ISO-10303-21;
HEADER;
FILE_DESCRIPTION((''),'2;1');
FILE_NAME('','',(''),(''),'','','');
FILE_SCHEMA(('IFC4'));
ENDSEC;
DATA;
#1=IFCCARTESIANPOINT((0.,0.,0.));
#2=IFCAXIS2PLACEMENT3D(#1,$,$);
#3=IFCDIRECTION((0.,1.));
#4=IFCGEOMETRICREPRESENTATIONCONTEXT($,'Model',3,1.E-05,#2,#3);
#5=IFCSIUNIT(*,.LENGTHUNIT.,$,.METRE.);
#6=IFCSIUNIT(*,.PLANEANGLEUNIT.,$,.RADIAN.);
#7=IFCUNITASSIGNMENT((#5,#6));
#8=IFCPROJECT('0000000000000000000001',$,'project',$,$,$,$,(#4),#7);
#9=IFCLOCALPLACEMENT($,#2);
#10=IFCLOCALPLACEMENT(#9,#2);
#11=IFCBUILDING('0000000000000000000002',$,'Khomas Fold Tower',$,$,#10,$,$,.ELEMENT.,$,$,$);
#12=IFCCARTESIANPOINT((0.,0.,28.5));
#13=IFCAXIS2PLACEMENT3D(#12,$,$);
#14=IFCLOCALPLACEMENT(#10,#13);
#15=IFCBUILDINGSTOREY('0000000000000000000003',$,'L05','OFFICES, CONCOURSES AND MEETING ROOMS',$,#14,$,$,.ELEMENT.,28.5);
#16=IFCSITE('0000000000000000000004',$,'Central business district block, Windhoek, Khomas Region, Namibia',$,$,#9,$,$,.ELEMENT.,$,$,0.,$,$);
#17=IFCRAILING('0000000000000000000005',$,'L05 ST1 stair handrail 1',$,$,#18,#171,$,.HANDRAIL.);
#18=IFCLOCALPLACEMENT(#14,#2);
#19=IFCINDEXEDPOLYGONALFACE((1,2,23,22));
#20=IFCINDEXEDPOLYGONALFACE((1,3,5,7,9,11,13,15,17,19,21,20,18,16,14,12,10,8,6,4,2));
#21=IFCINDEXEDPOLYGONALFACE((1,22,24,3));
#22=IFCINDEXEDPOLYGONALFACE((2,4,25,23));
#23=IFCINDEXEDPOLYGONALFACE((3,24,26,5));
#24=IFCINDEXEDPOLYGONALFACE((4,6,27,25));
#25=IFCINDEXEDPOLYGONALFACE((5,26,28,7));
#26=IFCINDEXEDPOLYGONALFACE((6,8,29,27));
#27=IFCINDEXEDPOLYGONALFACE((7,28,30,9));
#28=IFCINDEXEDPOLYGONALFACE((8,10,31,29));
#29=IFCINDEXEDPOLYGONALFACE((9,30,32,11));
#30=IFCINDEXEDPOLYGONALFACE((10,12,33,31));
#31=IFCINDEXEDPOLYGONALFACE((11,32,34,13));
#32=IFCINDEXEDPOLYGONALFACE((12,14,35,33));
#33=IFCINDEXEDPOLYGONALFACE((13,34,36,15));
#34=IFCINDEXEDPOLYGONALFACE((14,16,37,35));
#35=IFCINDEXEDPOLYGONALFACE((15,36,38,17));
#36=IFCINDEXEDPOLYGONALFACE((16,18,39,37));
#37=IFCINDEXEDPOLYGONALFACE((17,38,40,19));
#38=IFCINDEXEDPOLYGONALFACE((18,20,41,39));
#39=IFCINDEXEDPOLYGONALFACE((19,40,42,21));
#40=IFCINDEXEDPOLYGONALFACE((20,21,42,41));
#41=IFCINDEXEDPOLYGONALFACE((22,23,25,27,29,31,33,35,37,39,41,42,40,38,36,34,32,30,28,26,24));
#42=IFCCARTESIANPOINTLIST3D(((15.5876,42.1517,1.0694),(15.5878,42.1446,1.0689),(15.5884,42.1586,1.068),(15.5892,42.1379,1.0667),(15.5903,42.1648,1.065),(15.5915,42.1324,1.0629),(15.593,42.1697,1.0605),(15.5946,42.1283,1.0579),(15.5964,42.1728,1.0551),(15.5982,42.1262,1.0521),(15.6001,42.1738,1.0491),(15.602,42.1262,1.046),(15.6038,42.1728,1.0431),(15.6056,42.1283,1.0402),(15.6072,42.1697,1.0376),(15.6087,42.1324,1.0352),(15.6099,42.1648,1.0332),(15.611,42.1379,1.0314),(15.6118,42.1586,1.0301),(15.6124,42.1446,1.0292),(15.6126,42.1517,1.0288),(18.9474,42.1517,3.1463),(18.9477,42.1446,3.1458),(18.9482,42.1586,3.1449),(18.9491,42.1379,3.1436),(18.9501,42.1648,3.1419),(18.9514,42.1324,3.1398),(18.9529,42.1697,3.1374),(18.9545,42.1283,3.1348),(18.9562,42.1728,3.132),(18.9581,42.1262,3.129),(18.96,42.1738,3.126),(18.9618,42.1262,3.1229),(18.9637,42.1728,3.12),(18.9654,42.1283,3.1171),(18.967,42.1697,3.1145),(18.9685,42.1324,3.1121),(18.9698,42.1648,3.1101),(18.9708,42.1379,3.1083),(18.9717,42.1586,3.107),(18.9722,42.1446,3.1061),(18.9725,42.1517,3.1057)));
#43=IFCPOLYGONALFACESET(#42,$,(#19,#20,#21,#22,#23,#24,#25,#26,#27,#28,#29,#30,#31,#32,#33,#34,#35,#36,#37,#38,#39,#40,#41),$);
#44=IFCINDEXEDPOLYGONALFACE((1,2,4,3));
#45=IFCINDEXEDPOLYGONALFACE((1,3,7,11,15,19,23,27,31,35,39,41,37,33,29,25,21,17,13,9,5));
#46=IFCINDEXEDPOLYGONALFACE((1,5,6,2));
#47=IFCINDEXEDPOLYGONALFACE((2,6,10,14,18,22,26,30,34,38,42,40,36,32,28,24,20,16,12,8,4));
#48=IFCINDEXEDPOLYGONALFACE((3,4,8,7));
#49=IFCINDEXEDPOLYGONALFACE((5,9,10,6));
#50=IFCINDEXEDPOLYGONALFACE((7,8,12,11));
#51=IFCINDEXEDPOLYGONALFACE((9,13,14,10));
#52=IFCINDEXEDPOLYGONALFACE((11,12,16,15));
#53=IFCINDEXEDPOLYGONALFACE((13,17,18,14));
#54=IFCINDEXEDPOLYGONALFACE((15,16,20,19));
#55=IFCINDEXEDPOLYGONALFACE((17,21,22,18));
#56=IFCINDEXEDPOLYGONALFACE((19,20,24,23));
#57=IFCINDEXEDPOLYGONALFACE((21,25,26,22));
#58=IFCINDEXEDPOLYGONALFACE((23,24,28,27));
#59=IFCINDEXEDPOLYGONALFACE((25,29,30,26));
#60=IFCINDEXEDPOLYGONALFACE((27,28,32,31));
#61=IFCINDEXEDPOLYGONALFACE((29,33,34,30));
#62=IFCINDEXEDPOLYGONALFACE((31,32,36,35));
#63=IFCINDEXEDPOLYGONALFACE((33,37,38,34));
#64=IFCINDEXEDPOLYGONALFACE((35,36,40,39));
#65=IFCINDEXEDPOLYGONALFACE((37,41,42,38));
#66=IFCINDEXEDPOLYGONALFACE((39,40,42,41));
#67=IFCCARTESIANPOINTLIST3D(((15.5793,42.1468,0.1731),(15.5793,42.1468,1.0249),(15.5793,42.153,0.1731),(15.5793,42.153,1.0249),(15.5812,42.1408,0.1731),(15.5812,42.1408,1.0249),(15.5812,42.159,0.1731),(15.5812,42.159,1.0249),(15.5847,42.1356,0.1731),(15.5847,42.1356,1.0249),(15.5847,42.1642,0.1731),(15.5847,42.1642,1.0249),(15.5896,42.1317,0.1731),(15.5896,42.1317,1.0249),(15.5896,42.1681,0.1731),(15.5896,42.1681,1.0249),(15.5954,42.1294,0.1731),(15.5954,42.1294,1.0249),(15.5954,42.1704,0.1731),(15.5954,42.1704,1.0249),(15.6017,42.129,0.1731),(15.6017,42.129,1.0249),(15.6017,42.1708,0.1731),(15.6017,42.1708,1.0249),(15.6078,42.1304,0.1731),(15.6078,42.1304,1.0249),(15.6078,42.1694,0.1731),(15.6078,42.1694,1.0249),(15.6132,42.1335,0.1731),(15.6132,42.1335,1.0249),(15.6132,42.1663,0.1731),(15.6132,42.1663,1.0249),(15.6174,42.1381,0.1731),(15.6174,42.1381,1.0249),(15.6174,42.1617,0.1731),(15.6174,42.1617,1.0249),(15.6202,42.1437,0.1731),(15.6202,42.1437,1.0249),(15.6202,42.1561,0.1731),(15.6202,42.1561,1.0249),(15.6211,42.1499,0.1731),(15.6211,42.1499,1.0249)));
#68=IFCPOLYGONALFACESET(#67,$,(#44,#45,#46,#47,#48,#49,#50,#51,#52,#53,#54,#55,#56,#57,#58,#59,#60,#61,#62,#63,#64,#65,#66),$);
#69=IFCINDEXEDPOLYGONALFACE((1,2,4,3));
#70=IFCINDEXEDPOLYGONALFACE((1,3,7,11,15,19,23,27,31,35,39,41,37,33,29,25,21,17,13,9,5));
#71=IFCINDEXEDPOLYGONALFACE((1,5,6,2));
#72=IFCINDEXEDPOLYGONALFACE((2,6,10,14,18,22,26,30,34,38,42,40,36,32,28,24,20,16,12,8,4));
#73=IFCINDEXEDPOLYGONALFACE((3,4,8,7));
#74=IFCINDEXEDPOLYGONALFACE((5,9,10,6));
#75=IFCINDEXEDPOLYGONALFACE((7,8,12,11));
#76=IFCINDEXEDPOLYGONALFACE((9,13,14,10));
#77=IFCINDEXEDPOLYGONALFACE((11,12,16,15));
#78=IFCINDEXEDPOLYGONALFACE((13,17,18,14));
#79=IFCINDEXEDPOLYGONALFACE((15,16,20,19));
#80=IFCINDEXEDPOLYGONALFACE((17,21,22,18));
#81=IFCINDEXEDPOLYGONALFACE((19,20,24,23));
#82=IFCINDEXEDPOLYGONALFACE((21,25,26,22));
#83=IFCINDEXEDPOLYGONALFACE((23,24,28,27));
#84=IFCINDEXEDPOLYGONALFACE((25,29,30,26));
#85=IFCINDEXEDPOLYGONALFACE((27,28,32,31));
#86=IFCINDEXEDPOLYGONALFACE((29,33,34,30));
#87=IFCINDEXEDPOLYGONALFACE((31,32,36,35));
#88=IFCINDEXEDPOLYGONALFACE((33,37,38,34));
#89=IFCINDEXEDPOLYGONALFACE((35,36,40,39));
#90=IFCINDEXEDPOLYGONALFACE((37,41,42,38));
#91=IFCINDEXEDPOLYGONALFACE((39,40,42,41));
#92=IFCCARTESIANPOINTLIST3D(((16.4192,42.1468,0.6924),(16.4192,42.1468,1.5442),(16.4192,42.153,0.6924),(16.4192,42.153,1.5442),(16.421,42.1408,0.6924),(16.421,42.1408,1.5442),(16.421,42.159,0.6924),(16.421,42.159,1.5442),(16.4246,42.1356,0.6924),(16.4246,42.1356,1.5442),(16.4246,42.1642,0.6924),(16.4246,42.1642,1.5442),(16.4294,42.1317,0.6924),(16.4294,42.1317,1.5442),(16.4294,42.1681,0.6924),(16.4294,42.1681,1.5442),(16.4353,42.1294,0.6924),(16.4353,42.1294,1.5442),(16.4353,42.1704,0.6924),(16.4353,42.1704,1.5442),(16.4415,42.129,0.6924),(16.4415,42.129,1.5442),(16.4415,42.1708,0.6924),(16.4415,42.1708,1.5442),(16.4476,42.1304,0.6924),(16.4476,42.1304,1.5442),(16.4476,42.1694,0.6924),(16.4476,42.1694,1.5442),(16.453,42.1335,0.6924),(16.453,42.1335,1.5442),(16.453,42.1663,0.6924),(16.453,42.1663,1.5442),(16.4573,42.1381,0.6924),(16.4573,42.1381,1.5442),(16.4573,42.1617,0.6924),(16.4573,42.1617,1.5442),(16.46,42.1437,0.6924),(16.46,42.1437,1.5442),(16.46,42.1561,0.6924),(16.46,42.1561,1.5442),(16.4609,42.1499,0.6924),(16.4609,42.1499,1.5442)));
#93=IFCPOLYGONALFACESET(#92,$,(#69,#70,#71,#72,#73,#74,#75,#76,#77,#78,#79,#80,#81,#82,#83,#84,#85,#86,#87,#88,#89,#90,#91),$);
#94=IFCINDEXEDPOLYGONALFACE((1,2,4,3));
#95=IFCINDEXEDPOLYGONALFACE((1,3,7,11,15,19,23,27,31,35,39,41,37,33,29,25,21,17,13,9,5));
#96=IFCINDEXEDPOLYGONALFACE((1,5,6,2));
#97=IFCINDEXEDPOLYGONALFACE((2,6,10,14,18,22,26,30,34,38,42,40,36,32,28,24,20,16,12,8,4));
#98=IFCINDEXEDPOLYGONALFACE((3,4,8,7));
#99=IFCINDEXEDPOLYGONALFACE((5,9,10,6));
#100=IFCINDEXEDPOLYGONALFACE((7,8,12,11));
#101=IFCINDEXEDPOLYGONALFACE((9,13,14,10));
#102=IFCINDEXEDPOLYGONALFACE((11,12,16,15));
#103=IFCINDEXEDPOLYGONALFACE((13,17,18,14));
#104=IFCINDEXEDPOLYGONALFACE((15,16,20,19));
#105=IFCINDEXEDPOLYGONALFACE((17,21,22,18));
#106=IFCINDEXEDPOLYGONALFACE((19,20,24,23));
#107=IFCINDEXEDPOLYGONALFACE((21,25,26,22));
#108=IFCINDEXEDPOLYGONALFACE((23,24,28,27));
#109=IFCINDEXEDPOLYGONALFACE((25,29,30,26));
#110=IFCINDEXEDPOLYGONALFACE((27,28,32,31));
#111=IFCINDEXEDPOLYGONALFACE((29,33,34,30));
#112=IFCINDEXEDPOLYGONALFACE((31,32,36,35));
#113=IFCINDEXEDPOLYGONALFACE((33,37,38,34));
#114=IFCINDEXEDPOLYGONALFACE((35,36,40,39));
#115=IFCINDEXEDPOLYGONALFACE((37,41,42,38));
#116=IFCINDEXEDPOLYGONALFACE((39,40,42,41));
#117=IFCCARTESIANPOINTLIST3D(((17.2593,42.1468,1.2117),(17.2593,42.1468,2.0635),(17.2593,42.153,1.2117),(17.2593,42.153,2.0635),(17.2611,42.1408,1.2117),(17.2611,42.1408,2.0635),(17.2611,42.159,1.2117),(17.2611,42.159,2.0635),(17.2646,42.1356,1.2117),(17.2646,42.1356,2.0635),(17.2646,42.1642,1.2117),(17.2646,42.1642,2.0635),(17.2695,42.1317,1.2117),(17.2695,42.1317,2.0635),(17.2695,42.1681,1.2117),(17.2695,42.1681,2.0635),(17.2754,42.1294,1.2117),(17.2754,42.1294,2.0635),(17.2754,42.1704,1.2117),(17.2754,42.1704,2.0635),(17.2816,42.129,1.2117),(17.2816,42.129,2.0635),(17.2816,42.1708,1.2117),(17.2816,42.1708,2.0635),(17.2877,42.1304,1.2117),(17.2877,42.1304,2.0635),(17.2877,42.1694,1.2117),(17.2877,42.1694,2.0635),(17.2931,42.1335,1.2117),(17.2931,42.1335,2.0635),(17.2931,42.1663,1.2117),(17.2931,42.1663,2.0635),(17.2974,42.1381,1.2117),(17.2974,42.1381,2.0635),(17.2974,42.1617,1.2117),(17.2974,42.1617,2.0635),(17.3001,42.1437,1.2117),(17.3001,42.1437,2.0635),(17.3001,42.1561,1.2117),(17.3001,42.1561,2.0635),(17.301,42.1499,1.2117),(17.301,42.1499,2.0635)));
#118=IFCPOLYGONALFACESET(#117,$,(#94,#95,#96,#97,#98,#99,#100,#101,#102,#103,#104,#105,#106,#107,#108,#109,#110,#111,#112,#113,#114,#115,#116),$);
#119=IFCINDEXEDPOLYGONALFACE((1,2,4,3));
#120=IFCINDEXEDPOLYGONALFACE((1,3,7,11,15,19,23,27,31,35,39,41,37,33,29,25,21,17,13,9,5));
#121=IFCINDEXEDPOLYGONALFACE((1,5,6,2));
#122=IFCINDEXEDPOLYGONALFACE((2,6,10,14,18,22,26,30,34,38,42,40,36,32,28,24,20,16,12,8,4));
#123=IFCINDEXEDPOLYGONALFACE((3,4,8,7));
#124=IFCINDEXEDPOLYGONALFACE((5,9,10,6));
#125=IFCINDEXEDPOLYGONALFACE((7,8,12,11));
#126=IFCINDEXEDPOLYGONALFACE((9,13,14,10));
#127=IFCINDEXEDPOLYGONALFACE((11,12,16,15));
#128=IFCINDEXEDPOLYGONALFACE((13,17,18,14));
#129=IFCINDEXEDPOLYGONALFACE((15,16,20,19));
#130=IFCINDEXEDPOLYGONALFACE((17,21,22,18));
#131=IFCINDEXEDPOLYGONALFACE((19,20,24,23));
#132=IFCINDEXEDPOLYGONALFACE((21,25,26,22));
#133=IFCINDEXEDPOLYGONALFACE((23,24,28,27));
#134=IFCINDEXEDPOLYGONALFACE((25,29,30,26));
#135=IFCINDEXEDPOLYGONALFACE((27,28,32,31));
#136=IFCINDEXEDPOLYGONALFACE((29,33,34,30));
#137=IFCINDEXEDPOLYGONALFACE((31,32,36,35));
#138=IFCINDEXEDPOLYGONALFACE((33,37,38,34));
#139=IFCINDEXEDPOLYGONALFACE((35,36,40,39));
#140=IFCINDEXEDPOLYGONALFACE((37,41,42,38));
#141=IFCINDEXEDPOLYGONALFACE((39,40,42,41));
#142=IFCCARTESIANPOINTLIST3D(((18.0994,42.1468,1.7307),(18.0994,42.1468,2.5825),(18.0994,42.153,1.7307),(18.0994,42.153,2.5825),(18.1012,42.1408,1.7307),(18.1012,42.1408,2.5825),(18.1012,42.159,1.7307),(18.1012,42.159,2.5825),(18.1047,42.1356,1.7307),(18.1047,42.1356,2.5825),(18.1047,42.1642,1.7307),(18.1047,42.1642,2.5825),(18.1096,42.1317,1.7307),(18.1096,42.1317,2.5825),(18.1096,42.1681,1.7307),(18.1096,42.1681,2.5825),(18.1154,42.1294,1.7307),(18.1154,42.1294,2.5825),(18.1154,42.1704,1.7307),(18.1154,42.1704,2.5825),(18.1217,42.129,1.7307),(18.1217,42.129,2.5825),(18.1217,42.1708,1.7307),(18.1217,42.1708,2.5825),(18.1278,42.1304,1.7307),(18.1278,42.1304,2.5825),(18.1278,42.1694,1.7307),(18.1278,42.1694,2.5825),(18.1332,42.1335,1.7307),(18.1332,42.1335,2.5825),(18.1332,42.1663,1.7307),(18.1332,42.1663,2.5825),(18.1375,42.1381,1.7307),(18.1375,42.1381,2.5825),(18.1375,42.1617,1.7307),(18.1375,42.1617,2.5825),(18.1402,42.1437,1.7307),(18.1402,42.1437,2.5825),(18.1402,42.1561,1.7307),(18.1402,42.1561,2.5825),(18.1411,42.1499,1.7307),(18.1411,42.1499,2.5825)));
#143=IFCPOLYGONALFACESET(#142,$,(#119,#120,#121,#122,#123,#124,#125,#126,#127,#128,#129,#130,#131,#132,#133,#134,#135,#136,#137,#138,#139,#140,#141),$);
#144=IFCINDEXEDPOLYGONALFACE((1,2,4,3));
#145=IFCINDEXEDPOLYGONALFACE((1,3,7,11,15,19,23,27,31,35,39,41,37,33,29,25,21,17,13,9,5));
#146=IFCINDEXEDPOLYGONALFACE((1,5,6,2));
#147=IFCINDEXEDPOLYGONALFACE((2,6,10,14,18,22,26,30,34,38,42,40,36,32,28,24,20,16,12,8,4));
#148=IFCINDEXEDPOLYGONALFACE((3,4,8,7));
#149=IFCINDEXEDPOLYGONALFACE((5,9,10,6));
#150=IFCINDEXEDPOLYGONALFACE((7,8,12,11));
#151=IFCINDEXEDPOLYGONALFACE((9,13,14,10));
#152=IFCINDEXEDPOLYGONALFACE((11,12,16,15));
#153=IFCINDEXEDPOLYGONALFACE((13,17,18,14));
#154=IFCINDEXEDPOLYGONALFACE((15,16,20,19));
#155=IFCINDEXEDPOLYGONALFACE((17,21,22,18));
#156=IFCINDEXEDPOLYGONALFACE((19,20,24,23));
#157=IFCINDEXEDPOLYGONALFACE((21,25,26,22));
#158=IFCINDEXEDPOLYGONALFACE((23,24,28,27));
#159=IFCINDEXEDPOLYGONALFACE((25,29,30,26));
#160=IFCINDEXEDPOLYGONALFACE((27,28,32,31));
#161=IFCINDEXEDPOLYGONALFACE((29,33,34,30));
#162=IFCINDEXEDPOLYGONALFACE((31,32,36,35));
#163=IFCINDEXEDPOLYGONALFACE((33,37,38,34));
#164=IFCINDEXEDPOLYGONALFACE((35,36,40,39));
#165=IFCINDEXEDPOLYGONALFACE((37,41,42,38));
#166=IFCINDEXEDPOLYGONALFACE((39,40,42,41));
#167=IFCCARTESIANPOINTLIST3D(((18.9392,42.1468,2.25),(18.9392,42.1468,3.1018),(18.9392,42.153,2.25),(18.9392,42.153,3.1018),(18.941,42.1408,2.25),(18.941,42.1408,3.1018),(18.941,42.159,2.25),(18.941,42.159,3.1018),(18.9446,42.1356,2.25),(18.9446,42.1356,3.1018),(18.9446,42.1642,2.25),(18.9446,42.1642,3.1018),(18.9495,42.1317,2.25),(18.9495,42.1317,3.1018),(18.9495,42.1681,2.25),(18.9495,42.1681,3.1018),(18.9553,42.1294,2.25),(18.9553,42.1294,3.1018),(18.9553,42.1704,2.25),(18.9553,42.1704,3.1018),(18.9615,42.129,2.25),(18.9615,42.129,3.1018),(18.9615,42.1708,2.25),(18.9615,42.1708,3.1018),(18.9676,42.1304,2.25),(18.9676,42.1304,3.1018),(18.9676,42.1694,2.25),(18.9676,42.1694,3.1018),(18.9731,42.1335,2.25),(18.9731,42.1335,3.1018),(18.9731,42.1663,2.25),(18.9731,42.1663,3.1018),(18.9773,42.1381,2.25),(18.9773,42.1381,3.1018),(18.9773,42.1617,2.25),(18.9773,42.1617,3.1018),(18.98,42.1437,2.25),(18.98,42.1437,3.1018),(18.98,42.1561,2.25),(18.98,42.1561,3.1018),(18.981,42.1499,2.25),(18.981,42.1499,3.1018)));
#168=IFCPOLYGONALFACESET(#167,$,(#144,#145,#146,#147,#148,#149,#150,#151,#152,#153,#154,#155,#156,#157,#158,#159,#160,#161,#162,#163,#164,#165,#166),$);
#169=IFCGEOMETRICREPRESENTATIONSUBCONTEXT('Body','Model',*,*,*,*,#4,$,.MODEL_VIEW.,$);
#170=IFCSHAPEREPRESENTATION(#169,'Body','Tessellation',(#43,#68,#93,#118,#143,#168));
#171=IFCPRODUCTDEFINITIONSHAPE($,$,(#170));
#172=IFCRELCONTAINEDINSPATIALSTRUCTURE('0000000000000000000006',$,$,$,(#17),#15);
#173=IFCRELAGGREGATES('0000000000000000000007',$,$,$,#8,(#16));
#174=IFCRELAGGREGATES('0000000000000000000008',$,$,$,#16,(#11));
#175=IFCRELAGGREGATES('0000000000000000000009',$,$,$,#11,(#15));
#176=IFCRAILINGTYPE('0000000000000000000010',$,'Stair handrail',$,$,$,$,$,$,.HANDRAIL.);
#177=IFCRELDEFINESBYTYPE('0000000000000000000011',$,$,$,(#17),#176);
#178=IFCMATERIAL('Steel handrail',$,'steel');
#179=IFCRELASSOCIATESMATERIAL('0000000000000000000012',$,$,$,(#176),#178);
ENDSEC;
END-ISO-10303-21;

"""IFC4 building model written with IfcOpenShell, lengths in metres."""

from ifc_helpers import new_model, si_unit, direction, frame, origin, origin_2d, place, context, subcontext, project, spatial, circle, extrude, source, transform, mapped, material, type_object, element, save


model = new_model("IFC4")

# Units and contexts
model_context = context("Model", 3, precision=1e-05, world=origin(), true_north=direction((0.0, 1.0)))
body_context = subcontext(model_context, "Body", "Model", "MODEL_VIEW")
ifc_project = project(units=[si_unit("LENGTHUNIT", "METRE"), si_unit("PLANEANGLEUNIT", "RADIAN")], contexts=[model_context])

# Site, building, storey
site_placement = place(None, origin())
site = spatial("IfcSite", under=ifc_project, at=site_placement, Name="Central business district block, Windhoek, Khomas Region, Namibia", CompositionType="ELEMENT", RefElevation=0.0)
building_placement = place(site_placement, origin())
building = spatial("IfcBuilding", under=site, at=building_placement, Name="Khomas Fold Tower", CompositionType="ELEMENT")
storey_placement = place(building_placement, frame((0.0, 0.0, 28.5)))
storey = spatial("IfcBuildingStorey", under=building, at=storey_placement, Name="L05", Description="OFFICES, CONCOURSES AND MEETING ROOMS", CompositionType="ELEMENT", Elevation=28.5)

# Railing
ifc_material_1 = material(Name="Steel handrail", Category="steel")
railing_type_1 = type_object("IfcRailingType", Name="Stair handrail", PredefinedType="HANDRAIL", material=ifc_material_1)
shared_shape_1 = source(origin(), body_context, "Body", "SweptSolid", [
    extrude(circle(Radius=0.0239, at=origin_2d()), frame((0.0, 0.0, 0.876), z_axis=(0.850606, 0.0, 0.525803), x_axis=(0.0, 1.0, 0.0)), (0.0, 0.0, 1.0), 3.95),
    extrude(circle(Radius=0.021, at=origin_2d()), origin(), (0.0, 0.0, 1.0), 0.8518),
    extrude(circle(Radius=0.021, at=origin_2d()), frame((0.8398, 0.0, 0.5193)), (0.0, 0.0, 1.0), 0.8518),
    extrude(circle(Radius=0.021, at=origin_2d()), frame((1.6799, 0.0, 1.0386)), (0.0, 0.0, 1.0), 0.8518),
    extrude(circle(Radius=0.021, at=origin_2d()), frame((2.52, 0.0, 1.5576)), (0.0, 0.0, 1.0), 0.8518),
    extrude(circle(Radius=0.021, at=origin_2d()), frame((3.3599, 0.0, 2.0769)), (0.0, 0.0, 1.0), 0.8518),
])
railing_1_placement = place(storey_placement, frame((15.6001, 42.1499, 0.1731)))
element("IfcRailing", 1, at=railing_1_placement, inside=storey, type_object=railing_type_1, Name="L05 ST1 stair handrail 1", PredefinedType="HANDRAIL", context=body_context, shape_type="MappedRepresentation", body=[
    mapped(shared_shape_1, transform((0.0, 0.0, 0.0))),
])

save(model, "model.ifc")
